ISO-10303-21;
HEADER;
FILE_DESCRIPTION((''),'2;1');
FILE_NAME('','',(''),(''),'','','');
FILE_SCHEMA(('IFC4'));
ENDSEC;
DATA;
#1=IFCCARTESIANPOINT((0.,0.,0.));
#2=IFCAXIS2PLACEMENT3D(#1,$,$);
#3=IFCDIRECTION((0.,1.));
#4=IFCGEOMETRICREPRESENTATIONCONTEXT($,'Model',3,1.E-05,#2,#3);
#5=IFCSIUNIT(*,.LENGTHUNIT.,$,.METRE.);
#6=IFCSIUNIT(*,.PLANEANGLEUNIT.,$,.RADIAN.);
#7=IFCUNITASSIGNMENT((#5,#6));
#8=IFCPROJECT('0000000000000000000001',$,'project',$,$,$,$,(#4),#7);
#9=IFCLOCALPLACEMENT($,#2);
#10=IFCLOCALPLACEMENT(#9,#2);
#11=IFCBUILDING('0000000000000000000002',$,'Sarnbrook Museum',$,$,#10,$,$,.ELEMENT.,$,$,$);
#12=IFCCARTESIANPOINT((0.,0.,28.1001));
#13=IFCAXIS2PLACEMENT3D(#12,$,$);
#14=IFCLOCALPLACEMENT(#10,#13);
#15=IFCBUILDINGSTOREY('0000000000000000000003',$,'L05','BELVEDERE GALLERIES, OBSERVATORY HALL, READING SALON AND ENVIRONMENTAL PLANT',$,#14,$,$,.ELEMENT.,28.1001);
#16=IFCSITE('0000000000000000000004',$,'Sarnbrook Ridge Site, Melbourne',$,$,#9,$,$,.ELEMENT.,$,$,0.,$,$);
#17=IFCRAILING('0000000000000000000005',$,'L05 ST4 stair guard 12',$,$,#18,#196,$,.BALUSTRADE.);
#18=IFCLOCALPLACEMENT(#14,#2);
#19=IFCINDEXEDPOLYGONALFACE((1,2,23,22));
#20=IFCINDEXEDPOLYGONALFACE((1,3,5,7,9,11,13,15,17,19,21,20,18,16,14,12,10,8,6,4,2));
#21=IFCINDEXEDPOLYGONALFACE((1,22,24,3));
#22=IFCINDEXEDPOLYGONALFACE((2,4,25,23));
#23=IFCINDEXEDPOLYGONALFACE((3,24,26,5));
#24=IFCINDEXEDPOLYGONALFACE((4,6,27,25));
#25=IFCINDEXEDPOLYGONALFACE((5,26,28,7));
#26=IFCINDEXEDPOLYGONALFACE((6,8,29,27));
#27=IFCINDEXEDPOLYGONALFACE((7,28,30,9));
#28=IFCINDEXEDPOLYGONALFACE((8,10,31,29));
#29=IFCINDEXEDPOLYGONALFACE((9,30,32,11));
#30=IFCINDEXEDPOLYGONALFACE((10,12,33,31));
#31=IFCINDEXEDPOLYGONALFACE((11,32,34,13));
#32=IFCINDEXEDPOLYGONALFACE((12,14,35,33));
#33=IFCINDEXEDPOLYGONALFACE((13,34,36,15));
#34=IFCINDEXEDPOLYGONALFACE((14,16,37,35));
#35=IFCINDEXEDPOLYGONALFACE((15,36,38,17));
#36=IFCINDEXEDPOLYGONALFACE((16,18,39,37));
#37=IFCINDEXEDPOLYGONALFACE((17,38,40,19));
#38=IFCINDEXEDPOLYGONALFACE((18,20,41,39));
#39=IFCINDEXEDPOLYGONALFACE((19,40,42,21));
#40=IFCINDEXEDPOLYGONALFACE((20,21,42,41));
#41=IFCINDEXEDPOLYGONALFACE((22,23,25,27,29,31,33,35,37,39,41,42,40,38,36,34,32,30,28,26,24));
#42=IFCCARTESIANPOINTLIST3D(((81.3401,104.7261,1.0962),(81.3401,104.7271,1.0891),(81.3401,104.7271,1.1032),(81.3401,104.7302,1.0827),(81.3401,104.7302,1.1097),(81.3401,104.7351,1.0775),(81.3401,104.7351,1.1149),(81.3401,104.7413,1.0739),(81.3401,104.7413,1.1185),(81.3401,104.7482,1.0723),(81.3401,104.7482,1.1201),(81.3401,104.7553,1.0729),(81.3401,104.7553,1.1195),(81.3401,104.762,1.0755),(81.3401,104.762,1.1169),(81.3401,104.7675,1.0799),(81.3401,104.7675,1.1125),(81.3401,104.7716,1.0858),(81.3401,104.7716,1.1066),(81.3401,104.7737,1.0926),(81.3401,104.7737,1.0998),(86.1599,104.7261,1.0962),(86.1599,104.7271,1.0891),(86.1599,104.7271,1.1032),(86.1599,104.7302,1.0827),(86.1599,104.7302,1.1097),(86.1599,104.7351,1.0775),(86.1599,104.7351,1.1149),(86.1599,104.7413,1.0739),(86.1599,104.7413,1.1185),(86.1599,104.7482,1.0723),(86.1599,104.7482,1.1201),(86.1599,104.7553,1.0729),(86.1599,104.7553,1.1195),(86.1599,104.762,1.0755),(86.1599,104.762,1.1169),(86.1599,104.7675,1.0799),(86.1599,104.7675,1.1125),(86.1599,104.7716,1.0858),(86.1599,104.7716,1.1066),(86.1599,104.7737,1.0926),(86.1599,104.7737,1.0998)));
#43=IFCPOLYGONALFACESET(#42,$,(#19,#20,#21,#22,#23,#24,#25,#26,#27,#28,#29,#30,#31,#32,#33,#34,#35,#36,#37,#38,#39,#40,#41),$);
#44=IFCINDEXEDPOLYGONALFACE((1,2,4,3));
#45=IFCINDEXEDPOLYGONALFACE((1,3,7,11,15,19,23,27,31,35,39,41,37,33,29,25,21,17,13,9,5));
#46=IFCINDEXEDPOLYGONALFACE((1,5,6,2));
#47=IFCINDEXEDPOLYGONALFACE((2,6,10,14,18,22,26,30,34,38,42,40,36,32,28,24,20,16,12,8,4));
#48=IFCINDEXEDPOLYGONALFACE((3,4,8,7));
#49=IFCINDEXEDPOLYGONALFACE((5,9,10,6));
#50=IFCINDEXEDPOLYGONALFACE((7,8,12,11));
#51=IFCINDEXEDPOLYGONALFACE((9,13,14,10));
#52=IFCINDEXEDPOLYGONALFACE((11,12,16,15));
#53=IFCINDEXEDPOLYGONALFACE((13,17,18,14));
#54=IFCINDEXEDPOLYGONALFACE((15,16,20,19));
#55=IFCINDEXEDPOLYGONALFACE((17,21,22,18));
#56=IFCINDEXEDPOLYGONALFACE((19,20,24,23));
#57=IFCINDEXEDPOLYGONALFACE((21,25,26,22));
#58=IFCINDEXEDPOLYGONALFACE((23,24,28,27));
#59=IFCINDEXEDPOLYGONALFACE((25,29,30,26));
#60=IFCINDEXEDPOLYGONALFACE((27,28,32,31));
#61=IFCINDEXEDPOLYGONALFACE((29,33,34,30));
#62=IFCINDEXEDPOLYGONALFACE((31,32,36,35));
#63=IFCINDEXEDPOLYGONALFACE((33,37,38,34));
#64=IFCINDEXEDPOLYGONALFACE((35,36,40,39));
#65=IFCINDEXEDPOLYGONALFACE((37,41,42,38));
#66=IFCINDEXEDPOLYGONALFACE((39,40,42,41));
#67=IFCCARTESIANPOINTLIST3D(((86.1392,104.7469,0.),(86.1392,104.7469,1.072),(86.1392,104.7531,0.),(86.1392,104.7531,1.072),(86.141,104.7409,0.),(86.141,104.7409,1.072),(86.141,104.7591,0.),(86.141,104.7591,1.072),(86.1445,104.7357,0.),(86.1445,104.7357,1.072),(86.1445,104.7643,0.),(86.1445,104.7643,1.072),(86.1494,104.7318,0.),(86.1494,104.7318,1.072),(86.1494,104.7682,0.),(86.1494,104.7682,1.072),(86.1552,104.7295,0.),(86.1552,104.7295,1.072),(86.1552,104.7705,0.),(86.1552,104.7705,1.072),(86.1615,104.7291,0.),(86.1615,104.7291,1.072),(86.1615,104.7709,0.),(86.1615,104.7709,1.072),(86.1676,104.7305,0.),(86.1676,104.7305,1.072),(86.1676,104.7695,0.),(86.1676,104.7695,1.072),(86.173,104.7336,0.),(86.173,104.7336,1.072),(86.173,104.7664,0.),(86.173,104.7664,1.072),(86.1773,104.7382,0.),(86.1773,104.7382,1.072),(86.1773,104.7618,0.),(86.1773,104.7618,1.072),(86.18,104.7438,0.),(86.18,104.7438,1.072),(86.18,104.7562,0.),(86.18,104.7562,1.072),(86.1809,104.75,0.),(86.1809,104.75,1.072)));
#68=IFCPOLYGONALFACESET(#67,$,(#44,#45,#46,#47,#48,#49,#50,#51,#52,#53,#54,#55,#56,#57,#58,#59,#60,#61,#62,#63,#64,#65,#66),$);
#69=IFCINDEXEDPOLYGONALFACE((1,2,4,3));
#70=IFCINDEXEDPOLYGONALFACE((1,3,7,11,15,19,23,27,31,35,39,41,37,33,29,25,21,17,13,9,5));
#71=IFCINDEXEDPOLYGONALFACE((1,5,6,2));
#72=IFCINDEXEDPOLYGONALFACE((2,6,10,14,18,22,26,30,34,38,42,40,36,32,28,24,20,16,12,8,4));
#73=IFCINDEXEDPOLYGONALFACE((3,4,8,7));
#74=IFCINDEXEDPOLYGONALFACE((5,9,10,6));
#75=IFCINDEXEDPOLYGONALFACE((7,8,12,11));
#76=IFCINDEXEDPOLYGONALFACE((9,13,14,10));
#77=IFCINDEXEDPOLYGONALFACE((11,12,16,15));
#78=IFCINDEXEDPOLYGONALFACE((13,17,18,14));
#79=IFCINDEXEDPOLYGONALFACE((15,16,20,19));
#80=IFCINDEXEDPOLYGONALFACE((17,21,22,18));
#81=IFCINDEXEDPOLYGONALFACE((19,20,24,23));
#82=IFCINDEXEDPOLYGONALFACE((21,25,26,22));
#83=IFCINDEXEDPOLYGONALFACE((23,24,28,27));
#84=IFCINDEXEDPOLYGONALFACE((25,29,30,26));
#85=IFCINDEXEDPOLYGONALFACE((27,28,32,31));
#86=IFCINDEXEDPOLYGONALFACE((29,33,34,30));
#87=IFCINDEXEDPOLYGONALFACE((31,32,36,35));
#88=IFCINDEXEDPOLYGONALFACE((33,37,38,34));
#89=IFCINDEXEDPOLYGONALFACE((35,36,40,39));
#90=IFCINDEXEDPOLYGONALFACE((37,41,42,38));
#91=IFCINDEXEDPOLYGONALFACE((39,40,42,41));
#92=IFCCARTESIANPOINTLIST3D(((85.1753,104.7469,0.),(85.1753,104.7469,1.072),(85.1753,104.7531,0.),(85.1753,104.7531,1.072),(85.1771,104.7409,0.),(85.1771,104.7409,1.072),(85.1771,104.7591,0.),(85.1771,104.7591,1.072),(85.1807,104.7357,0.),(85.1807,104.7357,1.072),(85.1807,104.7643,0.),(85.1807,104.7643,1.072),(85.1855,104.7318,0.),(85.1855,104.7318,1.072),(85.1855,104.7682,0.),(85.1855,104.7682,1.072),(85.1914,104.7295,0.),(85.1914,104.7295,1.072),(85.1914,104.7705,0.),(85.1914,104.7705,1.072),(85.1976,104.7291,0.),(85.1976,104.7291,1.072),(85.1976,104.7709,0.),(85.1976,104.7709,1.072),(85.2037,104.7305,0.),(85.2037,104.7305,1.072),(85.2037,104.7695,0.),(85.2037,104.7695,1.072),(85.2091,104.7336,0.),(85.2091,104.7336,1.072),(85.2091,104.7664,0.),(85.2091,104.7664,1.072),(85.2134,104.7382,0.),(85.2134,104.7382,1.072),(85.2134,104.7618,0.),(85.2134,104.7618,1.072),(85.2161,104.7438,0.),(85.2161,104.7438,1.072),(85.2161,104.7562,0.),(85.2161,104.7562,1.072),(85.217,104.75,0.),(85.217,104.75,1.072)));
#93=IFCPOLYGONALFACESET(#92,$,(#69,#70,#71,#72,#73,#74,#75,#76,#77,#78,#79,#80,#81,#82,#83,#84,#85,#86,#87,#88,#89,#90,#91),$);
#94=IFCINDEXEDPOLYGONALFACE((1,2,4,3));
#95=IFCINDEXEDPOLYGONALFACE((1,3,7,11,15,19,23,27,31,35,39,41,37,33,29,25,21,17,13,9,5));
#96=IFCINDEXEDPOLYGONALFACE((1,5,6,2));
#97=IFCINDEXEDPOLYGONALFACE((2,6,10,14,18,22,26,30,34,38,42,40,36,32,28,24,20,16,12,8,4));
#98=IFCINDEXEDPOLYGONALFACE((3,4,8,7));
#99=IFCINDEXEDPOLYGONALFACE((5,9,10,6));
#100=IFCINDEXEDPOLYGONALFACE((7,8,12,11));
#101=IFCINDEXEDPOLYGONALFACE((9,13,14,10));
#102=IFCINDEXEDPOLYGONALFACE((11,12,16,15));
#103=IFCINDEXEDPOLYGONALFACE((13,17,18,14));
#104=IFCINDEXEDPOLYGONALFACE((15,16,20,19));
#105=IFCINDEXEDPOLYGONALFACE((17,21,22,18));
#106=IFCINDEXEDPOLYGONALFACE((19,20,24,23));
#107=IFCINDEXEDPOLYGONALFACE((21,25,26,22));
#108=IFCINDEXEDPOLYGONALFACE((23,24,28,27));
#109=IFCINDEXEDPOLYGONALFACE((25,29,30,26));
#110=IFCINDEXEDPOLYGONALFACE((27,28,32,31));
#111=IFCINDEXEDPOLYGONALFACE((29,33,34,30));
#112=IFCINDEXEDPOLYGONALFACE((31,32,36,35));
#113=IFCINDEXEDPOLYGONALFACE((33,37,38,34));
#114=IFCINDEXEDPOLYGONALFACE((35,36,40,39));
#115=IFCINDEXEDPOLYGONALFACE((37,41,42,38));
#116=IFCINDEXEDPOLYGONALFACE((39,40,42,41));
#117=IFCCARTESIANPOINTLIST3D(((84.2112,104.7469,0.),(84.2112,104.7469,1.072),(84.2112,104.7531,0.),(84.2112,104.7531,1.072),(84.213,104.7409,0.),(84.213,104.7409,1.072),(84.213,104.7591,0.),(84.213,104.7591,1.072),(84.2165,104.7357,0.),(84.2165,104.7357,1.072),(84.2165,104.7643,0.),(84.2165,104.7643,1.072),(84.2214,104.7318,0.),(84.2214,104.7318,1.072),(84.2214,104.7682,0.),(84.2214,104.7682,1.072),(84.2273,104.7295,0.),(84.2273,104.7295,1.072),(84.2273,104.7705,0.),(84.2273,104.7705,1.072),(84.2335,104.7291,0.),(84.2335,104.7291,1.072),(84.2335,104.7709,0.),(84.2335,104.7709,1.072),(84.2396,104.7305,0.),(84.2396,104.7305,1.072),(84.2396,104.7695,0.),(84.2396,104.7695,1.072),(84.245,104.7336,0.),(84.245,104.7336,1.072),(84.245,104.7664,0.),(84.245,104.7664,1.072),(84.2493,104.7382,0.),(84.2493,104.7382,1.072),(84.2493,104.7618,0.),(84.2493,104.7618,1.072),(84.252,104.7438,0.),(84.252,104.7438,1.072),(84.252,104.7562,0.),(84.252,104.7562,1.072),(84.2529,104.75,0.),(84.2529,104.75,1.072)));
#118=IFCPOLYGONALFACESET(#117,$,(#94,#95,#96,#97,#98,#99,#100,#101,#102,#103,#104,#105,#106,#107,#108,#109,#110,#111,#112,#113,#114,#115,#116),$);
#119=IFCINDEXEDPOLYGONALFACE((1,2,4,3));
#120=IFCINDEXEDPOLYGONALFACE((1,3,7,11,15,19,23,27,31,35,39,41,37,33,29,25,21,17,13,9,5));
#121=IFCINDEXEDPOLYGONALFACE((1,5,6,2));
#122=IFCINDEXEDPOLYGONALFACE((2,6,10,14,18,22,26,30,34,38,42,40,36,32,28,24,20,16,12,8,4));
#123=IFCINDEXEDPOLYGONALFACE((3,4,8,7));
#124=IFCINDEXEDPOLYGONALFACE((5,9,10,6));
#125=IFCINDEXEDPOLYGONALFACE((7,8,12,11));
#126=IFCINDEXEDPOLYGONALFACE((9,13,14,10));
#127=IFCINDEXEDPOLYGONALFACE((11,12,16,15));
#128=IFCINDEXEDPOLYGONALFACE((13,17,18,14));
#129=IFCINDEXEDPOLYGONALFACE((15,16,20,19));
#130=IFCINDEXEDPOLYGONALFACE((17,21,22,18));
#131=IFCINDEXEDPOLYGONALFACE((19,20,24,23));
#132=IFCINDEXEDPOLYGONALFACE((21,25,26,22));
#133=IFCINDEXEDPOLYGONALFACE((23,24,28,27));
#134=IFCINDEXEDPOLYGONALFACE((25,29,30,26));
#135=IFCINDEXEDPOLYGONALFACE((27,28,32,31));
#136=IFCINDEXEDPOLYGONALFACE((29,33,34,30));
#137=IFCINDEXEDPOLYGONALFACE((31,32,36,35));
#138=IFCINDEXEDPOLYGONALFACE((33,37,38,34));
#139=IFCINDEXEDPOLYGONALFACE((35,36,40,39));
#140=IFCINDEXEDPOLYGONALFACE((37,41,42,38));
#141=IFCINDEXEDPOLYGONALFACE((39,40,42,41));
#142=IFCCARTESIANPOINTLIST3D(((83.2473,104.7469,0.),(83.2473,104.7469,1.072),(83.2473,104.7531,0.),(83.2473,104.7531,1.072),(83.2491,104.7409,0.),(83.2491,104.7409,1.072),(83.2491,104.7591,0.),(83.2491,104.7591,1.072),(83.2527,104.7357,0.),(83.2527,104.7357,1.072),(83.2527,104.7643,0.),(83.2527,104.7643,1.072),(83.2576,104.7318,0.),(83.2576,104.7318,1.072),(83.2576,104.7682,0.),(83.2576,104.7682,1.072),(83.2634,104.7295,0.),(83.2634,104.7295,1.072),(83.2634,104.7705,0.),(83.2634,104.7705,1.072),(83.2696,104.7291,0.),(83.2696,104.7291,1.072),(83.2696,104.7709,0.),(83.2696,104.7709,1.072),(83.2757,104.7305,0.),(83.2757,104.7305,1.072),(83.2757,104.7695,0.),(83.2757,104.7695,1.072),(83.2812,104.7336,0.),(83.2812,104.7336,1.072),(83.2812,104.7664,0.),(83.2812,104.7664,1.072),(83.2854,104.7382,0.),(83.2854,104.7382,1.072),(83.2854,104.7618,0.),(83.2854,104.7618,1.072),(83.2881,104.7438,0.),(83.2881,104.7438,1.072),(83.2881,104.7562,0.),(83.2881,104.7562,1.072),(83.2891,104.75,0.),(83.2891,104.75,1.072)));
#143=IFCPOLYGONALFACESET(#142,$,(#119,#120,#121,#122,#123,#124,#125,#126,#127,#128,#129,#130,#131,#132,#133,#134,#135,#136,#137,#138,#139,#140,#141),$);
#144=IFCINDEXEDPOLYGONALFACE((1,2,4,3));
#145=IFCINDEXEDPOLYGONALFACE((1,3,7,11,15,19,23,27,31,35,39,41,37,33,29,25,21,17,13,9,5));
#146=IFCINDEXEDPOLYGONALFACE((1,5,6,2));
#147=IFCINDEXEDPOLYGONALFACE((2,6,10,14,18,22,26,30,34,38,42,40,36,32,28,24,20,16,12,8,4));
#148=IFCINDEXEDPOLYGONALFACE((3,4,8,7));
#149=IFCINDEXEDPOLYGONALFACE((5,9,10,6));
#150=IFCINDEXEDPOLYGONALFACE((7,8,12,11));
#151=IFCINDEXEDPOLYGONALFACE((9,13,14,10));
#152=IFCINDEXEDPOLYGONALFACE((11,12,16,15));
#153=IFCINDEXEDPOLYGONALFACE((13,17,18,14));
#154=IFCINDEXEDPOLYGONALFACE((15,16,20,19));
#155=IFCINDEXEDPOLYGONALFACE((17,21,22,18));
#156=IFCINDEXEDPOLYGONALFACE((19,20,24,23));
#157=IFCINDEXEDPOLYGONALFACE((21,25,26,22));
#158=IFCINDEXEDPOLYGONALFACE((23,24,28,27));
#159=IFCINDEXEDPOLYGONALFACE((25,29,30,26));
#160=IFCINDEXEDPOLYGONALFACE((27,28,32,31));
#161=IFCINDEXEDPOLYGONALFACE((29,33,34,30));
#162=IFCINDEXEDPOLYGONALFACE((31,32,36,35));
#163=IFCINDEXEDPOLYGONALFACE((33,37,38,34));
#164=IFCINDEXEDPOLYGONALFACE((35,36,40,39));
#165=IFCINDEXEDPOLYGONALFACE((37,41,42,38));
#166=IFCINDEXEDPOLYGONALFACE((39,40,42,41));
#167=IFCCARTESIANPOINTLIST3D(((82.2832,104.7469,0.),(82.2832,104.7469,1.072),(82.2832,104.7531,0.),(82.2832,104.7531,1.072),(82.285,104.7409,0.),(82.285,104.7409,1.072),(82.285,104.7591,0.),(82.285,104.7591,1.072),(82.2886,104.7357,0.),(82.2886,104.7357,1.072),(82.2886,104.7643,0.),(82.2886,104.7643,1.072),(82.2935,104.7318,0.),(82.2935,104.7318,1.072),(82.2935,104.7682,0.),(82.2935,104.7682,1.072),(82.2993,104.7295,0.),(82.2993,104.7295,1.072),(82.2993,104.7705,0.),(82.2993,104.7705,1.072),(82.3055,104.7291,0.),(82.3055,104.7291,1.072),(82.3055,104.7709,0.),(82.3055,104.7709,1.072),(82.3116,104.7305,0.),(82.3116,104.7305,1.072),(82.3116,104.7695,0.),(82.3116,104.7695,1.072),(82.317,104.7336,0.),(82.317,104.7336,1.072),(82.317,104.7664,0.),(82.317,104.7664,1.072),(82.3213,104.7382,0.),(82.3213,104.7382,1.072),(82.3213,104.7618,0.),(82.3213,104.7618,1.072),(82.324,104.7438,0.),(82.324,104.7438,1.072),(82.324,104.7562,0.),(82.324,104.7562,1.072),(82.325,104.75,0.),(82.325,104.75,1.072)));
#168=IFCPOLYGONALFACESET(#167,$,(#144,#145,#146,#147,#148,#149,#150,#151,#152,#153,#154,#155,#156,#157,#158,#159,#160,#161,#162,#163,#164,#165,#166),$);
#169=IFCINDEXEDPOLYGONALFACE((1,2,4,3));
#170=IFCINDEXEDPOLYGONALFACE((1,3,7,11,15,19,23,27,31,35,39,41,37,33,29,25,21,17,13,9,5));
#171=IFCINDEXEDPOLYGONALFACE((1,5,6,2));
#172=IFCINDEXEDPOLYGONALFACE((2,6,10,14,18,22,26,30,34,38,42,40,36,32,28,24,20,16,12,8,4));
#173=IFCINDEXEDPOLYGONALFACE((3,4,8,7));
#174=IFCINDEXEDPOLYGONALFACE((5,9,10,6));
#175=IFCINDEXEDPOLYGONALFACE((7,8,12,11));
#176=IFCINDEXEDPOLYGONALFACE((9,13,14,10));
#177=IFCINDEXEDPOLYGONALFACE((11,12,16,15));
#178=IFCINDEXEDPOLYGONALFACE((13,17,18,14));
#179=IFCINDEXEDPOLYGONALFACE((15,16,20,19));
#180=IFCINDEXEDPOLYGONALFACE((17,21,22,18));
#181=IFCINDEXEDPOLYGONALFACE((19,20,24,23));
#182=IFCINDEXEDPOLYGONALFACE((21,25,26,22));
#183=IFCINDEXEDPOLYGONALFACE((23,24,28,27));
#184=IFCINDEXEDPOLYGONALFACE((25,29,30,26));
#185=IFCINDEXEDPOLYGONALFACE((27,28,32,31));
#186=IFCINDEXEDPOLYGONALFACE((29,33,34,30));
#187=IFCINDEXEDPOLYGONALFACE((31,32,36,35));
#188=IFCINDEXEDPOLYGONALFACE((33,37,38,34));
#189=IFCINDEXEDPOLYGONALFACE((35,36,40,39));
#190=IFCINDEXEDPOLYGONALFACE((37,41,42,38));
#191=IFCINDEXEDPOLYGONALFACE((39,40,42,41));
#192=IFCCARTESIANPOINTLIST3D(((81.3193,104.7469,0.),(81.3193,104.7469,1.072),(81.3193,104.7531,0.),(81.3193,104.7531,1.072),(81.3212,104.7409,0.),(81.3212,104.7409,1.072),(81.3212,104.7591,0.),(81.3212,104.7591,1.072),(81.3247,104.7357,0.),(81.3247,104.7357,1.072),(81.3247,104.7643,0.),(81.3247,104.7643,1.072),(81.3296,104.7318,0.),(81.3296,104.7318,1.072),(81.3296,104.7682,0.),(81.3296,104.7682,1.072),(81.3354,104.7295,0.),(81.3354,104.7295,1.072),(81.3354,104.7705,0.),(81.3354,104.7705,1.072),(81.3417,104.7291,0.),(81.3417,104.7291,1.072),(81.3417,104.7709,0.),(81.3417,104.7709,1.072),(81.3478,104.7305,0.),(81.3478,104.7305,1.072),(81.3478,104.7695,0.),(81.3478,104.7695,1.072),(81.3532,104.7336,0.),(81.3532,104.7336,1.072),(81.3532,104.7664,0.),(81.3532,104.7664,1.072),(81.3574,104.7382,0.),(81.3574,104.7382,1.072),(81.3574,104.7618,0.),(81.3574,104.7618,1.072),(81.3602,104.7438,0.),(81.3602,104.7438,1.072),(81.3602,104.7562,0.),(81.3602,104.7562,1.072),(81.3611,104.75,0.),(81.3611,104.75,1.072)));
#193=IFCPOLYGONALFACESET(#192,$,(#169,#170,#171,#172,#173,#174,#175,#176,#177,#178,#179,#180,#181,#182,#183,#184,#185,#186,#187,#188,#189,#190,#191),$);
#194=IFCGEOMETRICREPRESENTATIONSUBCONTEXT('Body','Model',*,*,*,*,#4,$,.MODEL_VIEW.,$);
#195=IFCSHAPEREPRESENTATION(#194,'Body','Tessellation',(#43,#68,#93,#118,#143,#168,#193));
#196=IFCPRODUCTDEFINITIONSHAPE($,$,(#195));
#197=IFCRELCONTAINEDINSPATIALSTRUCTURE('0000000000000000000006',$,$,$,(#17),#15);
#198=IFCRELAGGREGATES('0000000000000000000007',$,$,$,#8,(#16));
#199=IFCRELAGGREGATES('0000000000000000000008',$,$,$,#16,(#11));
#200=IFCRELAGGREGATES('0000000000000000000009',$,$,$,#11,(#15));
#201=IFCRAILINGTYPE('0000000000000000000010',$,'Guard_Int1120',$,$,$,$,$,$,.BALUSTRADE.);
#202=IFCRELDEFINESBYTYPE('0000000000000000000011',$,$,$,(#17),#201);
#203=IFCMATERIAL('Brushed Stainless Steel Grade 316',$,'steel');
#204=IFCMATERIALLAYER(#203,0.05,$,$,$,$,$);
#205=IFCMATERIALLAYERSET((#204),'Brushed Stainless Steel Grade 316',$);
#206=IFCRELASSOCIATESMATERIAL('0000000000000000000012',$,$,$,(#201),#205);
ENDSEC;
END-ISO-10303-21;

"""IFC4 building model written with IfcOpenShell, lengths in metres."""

from ifc_helpers import new_model, si_unit, direction, frame, origin, origin_2d, place, context, subcontext, project, spatial, circle, extrude, material, layer, layer_set, type_object, element, save


model = new_model("IFC4")

# Units and contexts
model_context = context("Model", 3, precision=1e-05, world=origin(), true_north=direction((0.0, 1.0)))
body_context = subcontext(model_context, "Body", "Model", "MODEL_VIEW")
ifc_project = project(units=[si_unit("LENGTHUNIT", "METRE"), si_unit("PLANEANGLEUNIT", "RADIAN")], contexts=[model_context])

# Site, building, storey
site_placement = place(None, origin())
site = spatial("IfcSite", under=ifc_project, at=site_placement, Name="Sarnbrook Ridge Site, Melbourne", CompositionType="ELEMENT", RefElevation=0.0)
building_placement = place(site_placement, origin())
building = spatial("IfcBuilding", under=site, at=building_placement, Name="Sarnbrook Museum", CompositionType="ELEMENT")
storey_placement = place(building_placement, frame((0.0, 0.0, 28.1001)))
storey = spatial("IfcBuildingStorey", under=building, at=storey_placement, Name="L05", Description="BELVEDERE GALLERIES, OBSERVATORY HALL, READING SALON AND ENVIRONMENTAL PLANT", CompositionType="ELEMENT", Elevation=28.1001)

# Shared definitions
ifc_material_1 = material(Name="Brushed Stainless Steel Grade 316", Category="steel")

# Railing
ifc_layer_1 = layer(ifc_material_1, 0.05)
ifc_layer_set_1 = layer_set([ifc_layer_1], Name="Brushed Stainless Steel Grade 316")
railing_type_1 = type_object("IfcRailingType", Name="Guard_Int1120", PredefinedType="BALUSTRADE", material=ifc_layer_set_1)
railing_1_placement = place(storey_placement, frame((86.1599, 104.75, 0.0)))
element("IfcRailing", 1, at=railing_1_placement, inside=storey, type_object=railing_type_1, Name="L05 ST4 stair guard 12", PredefinedType="BALUSTRADE", context=body_context, shape_type="SweptSolid", body=[
    extrude(circle(Radius=0.0239, at=origin_2d()), frame((0.0, 0.0, 1.0962), z_axis=(-1.0, 0.0, 0.0), x_axis=(0.0, -1.0, 0.0)), (0.0, 0.0, 1.0), 4.8198),
    extrude(circle(Radius=0.021, at=origin_2d()), origin(), (0.0, 0.0, 1.0), 1.072),
    extrude(circle(Radius=0.021, at=origin_2d()), frame((-0.9639, 0.0, 0.0)), (0.0, 0.0, 1.0), 1.072),
    extrude(circle(Radius=0.021, at=origin_2d()), frame((-1.928, 0.0, 0.0)), (0.0, 0.0, 1.0), 1.072),
    extrude(circle(Radius=0.021, at=origin_2d()), frame((-2.8918, 0.0, 0.0)), (0.0, 0.0, 1.0), 1.072),
    extrude(circle(Radius=0.021, at=origin_2d()), frame((-3.856, 0.0, 0.0)), (0.0, 0.0, 1.0), 1.072),
    extrude(circle(Radius=0.021, at=origin_2d()), frame((-4.8198, 0.0, 0.0)), (0.0, 0.0, 1.0), 1.072),
])

save(model, "model.ifc")
